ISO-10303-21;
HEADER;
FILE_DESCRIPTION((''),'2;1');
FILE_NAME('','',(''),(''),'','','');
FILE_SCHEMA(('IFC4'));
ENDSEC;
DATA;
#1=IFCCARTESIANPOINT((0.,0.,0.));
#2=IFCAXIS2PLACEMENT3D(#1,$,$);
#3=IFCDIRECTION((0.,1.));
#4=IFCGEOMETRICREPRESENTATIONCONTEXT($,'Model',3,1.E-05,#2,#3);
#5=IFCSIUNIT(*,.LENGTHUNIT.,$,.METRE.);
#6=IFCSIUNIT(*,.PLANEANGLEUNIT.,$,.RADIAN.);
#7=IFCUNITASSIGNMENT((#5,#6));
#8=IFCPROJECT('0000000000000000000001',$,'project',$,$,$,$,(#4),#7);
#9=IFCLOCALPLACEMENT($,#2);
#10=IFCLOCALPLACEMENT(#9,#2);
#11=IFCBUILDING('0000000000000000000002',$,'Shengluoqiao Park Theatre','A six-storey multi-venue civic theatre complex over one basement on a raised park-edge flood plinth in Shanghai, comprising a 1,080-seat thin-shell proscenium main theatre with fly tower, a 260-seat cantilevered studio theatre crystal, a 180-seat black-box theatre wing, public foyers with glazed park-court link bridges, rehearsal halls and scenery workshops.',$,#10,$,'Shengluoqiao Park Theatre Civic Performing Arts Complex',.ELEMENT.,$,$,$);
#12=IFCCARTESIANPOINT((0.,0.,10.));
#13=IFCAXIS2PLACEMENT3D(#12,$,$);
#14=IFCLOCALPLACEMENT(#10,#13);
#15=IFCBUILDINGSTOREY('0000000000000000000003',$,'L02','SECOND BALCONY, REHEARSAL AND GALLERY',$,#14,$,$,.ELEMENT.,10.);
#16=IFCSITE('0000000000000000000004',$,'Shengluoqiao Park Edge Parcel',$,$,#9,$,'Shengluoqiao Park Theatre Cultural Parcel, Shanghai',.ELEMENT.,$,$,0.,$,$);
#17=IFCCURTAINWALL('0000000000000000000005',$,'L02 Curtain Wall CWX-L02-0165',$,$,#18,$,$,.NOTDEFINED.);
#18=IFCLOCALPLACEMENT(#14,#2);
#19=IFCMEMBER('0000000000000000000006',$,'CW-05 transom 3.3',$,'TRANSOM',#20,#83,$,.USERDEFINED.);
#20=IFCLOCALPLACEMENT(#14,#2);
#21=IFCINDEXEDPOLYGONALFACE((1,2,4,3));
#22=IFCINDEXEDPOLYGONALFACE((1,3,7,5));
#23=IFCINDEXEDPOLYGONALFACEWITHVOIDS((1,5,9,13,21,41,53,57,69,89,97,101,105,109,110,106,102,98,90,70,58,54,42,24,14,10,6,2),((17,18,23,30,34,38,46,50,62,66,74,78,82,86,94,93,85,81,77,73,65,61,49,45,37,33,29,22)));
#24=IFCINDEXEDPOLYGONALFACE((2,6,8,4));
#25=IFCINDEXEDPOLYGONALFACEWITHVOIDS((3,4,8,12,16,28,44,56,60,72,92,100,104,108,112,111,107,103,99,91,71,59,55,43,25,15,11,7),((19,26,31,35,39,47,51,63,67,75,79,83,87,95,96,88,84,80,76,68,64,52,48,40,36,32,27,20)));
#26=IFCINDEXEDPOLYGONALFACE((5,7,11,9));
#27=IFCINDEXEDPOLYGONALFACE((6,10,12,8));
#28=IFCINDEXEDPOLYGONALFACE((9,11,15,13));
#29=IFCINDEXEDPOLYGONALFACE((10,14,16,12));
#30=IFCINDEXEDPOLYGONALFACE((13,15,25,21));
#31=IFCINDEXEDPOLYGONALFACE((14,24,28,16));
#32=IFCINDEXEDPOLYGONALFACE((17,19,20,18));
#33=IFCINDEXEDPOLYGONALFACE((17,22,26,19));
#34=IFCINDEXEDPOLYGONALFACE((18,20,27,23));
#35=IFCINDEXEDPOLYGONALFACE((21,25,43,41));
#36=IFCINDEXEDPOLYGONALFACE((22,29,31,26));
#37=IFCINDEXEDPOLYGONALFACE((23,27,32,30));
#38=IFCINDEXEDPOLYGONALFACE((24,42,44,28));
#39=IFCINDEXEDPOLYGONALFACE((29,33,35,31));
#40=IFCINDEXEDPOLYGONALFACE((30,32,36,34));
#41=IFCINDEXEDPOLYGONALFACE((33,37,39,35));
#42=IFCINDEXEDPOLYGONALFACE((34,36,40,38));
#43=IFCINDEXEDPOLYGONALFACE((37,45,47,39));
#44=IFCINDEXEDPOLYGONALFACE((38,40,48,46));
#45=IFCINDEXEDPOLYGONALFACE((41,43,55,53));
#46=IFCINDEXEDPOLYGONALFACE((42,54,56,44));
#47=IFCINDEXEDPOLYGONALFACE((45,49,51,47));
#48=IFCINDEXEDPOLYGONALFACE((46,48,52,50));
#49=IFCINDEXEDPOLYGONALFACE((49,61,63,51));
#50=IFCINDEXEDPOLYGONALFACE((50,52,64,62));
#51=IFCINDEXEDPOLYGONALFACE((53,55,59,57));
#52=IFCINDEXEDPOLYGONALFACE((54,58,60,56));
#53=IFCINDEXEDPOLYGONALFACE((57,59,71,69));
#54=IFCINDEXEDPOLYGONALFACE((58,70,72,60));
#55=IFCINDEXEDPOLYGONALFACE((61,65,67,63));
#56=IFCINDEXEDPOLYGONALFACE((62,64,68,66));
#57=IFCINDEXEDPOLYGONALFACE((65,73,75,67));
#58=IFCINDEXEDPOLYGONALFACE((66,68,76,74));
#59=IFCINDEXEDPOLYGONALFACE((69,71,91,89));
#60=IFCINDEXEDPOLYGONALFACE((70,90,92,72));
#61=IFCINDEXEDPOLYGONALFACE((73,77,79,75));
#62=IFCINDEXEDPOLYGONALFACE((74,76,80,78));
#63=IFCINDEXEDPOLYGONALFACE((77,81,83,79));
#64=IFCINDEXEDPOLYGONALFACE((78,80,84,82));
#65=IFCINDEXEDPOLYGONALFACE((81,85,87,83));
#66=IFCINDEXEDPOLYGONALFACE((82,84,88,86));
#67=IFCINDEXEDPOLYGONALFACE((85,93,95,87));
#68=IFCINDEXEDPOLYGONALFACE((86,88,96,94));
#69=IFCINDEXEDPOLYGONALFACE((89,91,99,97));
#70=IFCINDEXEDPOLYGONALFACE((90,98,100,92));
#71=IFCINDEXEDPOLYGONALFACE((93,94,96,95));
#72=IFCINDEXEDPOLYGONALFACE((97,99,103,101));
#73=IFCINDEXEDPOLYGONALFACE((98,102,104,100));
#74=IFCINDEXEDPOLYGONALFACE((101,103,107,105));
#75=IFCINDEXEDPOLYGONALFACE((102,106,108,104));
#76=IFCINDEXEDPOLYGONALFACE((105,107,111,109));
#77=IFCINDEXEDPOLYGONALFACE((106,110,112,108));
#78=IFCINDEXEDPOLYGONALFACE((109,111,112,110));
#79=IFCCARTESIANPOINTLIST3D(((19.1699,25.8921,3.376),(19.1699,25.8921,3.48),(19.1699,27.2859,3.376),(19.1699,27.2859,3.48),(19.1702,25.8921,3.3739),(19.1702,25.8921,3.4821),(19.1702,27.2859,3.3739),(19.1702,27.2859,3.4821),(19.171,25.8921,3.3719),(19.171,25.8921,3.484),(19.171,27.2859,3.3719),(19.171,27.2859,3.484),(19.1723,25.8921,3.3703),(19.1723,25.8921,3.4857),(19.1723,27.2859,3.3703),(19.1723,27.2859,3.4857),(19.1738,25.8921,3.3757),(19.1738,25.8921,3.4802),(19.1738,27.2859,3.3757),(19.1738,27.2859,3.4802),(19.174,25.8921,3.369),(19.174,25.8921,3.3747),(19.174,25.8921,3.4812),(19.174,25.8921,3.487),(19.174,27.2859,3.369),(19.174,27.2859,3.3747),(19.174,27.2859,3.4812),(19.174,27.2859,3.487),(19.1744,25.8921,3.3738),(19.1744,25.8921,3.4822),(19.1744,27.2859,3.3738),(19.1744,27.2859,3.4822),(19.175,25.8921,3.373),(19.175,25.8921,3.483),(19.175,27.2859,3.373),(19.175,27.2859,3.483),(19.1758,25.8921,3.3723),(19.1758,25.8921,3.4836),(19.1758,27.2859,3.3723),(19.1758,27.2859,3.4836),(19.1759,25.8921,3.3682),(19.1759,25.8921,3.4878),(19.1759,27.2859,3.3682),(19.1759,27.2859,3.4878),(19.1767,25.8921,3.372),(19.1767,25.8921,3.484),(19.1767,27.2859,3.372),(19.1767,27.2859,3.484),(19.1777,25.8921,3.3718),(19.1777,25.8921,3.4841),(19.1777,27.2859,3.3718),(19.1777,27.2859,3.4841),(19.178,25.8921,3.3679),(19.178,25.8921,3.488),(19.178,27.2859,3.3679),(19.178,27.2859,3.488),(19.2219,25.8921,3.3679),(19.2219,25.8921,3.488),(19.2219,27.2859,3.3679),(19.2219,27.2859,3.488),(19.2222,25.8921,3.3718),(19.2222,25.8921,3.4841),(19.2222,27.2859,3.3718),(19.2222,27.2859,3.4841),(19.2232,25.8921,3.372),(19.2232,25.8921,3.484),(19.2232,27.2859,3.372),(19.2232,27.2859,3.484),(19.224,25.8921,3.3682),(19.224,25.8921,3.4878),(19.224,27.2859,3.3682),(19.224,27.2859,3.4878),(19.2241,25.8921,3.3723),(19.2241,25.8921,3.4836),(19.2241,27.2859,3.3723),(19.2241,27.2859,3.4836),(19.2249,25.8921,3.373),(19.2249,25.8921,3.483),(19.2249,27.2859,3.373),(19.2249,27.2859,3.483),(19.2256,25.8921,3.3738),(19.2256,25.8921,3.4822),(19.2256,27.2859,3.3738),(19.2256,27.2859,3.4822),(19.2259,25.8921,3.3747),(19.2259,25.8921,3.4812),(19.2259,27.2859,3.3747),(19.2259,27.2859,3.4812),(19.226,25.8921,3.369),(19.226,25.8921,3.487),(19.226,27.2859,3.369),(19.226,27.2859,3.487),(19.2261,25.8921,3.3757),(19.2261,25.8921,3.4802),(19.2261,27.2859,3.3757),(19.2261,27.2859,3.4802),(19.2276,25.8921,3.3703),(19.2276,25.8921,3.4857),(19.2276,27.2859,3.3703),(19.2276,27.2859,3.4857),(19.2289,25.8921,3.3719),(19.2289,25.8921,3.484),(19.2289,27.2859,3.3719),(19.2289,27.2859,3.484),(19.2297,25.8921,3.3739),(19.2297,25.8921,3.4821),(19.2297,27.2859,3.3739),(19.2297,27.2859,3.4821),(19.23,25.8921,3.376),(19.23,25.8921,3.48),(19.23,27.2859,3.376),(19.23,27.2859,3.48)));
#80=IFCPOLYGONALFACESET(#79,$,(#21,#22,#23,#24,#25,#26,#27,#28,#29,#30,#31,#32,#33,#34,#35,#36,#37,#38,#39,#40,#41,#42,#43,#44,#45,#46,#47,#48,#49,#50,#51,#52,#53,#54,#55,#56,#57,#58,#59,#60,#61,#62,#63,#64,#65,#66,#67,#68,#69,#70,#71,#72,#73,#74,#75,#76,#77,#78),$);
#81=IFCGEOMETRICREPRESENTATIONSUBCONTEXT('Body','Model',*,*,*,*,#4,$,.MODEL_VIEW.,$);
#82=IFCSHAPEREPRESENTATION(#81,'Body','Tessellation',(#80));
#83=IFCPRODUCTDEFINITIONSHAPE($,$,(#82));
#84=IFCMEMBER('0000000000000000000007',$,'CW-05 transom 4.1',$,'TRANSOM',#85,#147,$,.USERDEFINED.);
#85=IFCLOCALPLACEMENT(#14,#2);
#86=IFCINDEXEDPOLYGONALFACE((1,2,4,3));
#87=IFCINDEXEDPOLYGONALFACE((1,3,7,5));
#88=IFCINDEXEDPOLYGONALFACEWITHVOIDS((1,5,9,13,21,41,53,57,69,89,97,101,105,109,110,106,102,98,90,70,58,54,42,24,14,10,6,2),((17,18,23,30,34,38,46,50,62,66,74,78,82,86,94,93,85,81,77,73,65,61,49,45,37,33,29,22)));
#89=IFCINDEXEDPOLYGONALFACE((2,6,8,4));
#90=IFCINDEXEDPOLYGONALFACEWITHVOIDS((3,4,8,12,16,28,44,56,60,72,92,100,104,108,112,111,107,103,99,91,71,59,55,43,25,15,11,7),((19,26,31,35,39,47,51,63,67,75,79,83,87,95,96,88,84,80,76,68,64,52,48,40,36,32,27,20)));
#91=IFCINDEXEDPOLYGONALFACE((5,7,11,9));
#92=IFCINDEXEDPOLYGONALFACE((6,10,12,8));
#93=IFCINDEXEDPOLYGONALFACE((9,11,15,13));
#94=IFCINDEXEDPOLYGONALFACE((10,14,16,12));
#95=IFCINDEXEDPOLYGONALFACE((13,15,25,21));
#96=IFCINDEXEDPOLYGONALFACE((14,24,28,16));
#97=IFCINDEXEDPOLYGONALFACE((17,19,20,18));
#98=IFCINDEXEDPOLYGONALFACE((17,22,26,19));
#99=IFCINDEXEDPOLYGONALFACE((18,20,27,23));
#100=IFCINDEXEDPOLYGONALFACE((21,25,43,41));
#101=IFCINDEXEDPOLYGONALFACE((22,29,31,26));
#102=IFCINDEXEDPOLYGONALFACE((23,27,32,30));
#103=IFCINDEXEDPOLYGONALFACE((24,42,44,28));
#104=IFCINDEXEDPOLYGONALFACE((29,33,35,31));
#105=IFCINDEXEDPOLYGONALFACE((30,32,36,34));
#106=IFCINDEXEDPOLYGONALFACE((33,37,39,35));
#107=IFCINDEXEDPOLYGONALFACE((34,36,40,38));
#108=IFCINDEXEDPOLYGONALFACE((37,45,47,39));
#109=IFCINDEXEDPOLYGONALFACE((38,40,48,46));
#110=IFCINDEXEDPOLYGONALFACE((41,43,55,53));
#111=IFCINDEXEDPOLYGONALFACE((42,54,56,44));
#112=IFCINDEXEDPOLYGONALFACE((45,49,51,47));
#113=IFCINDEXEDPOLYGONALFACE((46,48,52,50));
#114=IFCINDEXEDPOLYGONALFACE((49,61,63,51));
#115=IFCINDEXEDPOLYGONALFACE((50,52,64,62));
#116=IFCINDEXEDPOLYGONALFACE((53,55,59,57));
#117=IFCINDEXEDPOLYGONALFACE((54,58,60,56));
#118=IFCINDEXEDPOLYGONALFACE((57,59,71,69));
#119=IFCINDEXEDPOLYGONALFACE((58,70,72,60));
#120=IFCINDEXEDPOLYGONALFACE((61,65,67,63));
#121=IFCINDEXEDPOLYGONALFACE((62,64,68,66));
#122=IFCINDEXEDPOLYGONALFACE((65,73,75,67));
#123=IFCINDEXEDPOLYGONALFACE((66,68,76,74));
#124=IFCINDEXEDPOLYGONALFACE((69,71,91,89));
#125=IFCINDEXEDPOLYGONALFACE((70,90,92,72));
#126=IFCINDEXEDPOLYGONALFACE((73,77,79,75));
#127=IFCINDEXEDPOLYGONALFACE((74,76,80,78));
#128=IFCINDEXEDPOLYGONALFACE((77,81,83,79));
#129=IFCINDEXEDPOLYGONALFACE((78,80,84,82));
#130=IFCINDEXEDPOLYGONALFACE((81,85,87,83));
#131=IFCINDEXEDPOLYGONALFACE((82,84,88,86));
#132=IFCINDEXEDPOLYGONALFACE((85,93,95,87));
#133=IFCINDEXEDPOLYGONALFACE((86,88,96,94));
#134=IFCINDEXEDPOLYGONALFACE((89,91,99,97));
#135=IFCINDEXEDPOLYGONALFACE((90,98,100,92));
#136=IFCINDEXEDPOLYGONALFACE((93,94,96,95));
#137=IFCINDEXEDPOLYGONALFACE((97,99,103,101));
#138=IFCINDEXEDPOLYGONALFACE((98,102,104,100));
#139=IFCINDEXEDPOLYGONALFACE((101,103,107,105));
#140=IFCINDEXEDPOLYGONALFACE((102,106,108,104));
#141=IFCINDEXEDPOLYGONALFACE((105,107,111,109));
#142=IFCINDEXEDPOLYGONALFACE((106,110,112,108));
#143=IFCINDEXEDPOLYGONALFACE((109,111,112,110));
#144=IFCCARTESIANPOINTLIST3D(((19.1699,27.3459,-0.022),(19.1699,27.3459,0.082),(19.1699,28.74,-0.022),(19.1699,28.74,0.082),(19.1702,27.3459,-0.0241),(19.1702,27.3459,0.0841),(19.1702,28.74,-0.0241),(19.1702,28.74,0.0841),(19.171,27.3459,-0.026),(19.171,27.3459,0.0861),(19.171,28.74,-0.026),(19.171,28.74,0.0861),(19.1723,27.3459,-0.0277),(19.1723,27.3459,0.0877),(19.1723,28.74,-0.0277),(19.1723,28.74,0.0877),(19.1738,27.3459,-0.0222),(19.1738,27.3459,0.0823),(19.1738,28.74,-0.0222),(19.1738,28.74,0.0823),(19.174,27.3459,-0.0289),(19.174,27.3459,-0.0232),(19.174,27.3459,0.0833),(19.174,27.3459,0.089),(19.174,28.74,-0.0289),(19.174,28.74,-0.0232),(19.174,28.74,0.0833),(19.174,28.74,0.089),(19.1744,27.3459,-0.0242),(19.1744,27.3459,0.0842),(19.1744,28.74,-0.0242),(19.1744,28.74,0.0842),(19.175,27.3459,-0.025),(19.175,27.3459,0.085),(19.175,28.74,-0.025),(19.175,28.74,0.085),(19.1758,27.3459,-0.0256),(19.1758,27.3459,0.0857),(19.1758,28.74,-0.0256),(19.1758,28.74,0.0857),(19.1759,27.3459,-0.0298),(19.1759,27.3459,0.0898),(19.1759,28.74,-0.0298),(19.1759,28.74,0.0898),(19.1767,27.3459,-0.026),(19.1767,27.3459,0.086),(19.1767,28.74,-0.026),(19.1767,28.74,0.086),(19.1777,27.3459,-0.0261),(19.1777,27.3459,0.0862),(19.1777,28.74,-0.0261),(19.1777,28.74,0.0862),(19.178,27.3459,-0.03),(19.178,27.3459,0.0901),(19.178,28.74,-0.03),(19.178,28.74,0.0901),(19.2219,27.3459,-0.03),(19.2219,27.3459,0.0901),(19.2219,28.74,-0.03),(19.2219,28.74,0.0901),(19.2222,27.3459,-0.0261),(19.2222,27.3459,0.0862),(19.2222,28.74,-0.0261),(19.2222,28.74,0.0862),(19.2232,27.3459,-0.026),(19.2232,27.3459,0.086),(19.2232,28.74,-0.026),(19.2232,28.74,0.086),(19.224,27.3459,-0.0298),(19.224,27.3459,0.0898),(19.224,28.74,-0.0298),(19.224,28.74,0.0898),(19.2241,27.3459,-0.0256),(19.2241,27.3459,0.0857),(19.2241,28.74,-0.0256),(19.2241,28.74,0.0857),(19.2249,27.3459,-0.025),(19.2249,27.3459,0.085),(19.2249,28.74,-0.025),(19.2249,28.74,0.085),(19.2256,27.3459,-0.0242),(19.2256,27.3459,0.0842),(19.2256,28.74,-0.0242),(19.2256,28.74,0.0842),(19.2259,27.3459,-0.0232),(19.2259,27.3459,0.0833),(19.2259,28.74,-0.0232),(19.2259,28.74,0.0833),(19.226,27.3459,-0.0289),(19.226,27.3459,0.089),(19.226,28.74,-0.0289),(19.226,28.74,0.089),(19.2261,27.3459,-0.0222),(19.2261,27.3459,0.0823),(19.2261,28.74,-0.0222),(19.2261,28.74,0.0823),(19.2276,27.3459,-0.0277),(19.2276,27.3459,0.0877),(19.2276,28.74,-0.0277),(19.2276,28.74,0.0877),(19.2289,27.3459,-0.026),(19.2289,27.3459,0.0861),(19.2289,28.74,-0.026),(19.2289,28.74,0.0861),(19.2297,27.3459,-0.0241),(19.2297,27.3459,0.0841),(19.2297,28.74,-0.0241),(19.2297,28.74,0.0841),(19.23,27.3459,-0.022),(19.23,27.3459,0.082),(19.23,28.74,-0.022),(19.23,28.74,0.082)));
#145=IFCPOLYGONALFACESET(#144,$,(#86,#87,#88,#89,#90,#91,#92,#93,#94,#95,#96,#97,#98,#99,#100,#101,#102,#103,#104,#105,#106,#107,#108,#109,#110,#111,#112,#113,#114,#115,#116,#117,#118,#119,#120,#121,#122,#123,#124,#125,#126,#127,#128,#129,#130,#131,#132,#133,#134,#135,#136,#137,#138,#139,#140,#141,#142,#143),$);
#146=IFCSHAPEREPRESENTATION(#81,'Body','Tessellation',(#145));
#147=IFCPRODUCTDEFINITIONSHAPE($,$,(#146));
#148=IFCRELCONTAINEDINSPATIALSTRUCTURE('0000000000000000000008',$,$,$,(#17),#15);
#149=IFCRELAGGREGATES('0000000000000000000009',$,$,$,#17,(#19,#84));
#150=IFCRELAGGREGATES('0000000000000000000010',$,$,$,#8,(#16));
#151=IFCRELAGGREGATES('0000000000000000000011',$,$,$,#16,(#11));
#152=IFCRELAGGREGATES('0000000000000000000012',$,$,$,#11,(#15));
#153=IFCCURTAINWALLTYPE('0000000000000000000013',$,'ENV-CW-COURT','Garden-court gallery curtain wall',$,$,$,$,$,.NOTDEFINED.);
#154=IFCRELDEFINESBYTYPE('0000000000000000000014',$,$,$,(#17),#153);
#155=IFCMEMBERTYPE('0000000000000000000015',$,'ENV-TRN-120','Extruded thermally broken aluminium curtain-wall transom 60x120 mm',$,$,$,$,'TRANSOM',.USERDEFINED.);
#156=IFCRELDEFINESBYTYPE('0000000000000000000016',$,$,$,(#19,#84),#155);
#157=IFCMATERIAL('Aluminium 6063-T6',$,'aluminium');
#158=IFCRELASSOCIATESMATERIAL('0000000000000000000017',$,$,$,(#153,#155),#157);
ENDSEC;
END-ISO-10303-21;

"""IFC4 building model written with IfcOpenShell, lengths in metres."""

from ifc_helpers import new_model, si_unit, direction, frame, origin, origin_2d, place, context, subcontext, project, spatial, hollow_rectangle, extrude, material, material_profile, profile_set, type_object, element, aggregate, save


model = new_model("IFC4")

# Units and contexts
model_context = context("Model", 3, precision=1e-05, world=origin(), true_north=direction((0.0, 1.0)))
body_context = subcontext(model_context, "Body", "Model", "MODEL_VIEW")
ifc_project = project(units=[si_unit("LENGTHUNIT", "METRE"), si_unit("PLANEANGLEUNIT", "RADIAN")], contexts=[model_context])

# Site, building, storey
site_placement = place(None, origin())
site = spatial("IfcSite", under=ifc_project, at=site_placement, Name="Shengluoqiao Park Edge Parcel", LongName="Shengluoqiao Park Theatre Cultural Parcel, Shanghai", CompositionType="ELEMENT", RefElevation=0.0)
building_placement = place(site_placement, origin())
building = spatial("IfcBuilding", under=site, at=building_placement, Name="Shengluoqiao Park Theatre", Description="A six-storey multi-venue civic theatre complex over one basement on a raised park-edge flood plinth in Shanghai, comprising a 1,080-seat thin-shell proscenium main theatre with fly tower, a 260-seat cantilevered studio theatre crystal, a 180-seat black-box theatre wing, public foyers with glazed park-court link bridges, rehearsal halls and scenery workshops.", LongName="Shengluoqiao Park Theatre Civic Performing Arts Complex", CompositionType="ELEMENT")
storey_placement = place(building_placement, frame((0.0, 0.0, 10.0)))
storey = spatial("IfcBuildingStorey", under=building, at=storey_placement, Name="L02", Description="SECOND BALCONY, REHEARSAL AND GALLERY", CompositionType="ELEMENT", Elevation=10.0)

# Shared definitions
ifc_material_1 = material(Name="Aluminium 6063-T6", Category="aluminium")

# Curtain wall, members
curtain_wall_type_1 = type_object("IfcCurtainWallType", Name="ENV-CW-COURT", Description="Garden-court gallery curtain wall", PredefinedType="NOTDEFINED", material=ifc_material_1)
curtain_wall_1_placement = place(storey_placement, origin())
curtain_wall_1 = element("IfcCurtainWall", 1, at=curtain_wall_1_placement, inside=storey, type_object=curtain_wall_type_1, Name="L02 Curtain Wall CWX-L02-0165", PredefinedType="NOTDEFINED")
ifc_material_profile_1 = material_profile(ifc_material_1, hollow_rectangle(XDim=0.0601, YDim=0.1201, WallThickness=0.0039, InnerFilletRadius=0.0039, OuterFilletRadius=0.0081, at=origin_2d()), Name="ALU TRANSOM 120x60x4")
ifc_profile_set_1 = profile_set([ifc_material_profile_1], Name="Aluminium 6063-T6")
member_type_1 = type_object("IfcMemberType", Name="ENV-TRN-120", Description="Extruded thermally broken aluminium curtain-wall transom 60x120 mm", ElementType="TRANSOM", PredefinedType="USERDEFINED", material=ifc_profile_set_1)
member_1_placement = place(storey_placement, frame((19.2, 25.8921, 3.428), z_axis=(0.0, 1.0, 0.0), x_axis=(-1.0, 0.0, 0.0)))
member_1 = element("IfcMember", 2, at=member_1_placement, type_object=member_type_1, Name="CW-05 transom 3.3", ObjectType="TRANSOM", PredefinedType="USERDEFINED", context=body_context, shape_type="SweptSolid", body=[
    extrude(hollow_rectangle(XDim=0.0601, YDim=0.1201, WallThickness=0.0039, InnerFilletRadius=0.0039, OuterFilletRadius=0.0081, at=origin_2d()), origin(), (0.0, 0.0, 1.0), 1.3938),
])
member_2_placement = place(storey_placement, frame((19.2, 27.3459, 0.03), z_axis=(0.0, 1.0, 0.0), x_axis=(-1.0, 0.0, 0.0)))
member_2 = element("IfcMember", 3, at=member_2_placement, type_object=member_type_1, Name="CW-05 transom 4.1", ObjectType="TRANSOM", PredefinedType="USERDEFINED", context=body_context, shape_type="SweptSolid", body=[
    extrude(hollow_rectangle(XDim=0.0601, YDim=0.1201, WallThickness=0.0039, InnerFilletRadius=0.0039, OuterFilletRadius=0.0081, at=origin_2d()), origin(), (0.0, 0.0, 1.0), 1.394),
])
aggregate(curtain_wall_1, [member_1, member_2])

save(model, "model.ifc")
